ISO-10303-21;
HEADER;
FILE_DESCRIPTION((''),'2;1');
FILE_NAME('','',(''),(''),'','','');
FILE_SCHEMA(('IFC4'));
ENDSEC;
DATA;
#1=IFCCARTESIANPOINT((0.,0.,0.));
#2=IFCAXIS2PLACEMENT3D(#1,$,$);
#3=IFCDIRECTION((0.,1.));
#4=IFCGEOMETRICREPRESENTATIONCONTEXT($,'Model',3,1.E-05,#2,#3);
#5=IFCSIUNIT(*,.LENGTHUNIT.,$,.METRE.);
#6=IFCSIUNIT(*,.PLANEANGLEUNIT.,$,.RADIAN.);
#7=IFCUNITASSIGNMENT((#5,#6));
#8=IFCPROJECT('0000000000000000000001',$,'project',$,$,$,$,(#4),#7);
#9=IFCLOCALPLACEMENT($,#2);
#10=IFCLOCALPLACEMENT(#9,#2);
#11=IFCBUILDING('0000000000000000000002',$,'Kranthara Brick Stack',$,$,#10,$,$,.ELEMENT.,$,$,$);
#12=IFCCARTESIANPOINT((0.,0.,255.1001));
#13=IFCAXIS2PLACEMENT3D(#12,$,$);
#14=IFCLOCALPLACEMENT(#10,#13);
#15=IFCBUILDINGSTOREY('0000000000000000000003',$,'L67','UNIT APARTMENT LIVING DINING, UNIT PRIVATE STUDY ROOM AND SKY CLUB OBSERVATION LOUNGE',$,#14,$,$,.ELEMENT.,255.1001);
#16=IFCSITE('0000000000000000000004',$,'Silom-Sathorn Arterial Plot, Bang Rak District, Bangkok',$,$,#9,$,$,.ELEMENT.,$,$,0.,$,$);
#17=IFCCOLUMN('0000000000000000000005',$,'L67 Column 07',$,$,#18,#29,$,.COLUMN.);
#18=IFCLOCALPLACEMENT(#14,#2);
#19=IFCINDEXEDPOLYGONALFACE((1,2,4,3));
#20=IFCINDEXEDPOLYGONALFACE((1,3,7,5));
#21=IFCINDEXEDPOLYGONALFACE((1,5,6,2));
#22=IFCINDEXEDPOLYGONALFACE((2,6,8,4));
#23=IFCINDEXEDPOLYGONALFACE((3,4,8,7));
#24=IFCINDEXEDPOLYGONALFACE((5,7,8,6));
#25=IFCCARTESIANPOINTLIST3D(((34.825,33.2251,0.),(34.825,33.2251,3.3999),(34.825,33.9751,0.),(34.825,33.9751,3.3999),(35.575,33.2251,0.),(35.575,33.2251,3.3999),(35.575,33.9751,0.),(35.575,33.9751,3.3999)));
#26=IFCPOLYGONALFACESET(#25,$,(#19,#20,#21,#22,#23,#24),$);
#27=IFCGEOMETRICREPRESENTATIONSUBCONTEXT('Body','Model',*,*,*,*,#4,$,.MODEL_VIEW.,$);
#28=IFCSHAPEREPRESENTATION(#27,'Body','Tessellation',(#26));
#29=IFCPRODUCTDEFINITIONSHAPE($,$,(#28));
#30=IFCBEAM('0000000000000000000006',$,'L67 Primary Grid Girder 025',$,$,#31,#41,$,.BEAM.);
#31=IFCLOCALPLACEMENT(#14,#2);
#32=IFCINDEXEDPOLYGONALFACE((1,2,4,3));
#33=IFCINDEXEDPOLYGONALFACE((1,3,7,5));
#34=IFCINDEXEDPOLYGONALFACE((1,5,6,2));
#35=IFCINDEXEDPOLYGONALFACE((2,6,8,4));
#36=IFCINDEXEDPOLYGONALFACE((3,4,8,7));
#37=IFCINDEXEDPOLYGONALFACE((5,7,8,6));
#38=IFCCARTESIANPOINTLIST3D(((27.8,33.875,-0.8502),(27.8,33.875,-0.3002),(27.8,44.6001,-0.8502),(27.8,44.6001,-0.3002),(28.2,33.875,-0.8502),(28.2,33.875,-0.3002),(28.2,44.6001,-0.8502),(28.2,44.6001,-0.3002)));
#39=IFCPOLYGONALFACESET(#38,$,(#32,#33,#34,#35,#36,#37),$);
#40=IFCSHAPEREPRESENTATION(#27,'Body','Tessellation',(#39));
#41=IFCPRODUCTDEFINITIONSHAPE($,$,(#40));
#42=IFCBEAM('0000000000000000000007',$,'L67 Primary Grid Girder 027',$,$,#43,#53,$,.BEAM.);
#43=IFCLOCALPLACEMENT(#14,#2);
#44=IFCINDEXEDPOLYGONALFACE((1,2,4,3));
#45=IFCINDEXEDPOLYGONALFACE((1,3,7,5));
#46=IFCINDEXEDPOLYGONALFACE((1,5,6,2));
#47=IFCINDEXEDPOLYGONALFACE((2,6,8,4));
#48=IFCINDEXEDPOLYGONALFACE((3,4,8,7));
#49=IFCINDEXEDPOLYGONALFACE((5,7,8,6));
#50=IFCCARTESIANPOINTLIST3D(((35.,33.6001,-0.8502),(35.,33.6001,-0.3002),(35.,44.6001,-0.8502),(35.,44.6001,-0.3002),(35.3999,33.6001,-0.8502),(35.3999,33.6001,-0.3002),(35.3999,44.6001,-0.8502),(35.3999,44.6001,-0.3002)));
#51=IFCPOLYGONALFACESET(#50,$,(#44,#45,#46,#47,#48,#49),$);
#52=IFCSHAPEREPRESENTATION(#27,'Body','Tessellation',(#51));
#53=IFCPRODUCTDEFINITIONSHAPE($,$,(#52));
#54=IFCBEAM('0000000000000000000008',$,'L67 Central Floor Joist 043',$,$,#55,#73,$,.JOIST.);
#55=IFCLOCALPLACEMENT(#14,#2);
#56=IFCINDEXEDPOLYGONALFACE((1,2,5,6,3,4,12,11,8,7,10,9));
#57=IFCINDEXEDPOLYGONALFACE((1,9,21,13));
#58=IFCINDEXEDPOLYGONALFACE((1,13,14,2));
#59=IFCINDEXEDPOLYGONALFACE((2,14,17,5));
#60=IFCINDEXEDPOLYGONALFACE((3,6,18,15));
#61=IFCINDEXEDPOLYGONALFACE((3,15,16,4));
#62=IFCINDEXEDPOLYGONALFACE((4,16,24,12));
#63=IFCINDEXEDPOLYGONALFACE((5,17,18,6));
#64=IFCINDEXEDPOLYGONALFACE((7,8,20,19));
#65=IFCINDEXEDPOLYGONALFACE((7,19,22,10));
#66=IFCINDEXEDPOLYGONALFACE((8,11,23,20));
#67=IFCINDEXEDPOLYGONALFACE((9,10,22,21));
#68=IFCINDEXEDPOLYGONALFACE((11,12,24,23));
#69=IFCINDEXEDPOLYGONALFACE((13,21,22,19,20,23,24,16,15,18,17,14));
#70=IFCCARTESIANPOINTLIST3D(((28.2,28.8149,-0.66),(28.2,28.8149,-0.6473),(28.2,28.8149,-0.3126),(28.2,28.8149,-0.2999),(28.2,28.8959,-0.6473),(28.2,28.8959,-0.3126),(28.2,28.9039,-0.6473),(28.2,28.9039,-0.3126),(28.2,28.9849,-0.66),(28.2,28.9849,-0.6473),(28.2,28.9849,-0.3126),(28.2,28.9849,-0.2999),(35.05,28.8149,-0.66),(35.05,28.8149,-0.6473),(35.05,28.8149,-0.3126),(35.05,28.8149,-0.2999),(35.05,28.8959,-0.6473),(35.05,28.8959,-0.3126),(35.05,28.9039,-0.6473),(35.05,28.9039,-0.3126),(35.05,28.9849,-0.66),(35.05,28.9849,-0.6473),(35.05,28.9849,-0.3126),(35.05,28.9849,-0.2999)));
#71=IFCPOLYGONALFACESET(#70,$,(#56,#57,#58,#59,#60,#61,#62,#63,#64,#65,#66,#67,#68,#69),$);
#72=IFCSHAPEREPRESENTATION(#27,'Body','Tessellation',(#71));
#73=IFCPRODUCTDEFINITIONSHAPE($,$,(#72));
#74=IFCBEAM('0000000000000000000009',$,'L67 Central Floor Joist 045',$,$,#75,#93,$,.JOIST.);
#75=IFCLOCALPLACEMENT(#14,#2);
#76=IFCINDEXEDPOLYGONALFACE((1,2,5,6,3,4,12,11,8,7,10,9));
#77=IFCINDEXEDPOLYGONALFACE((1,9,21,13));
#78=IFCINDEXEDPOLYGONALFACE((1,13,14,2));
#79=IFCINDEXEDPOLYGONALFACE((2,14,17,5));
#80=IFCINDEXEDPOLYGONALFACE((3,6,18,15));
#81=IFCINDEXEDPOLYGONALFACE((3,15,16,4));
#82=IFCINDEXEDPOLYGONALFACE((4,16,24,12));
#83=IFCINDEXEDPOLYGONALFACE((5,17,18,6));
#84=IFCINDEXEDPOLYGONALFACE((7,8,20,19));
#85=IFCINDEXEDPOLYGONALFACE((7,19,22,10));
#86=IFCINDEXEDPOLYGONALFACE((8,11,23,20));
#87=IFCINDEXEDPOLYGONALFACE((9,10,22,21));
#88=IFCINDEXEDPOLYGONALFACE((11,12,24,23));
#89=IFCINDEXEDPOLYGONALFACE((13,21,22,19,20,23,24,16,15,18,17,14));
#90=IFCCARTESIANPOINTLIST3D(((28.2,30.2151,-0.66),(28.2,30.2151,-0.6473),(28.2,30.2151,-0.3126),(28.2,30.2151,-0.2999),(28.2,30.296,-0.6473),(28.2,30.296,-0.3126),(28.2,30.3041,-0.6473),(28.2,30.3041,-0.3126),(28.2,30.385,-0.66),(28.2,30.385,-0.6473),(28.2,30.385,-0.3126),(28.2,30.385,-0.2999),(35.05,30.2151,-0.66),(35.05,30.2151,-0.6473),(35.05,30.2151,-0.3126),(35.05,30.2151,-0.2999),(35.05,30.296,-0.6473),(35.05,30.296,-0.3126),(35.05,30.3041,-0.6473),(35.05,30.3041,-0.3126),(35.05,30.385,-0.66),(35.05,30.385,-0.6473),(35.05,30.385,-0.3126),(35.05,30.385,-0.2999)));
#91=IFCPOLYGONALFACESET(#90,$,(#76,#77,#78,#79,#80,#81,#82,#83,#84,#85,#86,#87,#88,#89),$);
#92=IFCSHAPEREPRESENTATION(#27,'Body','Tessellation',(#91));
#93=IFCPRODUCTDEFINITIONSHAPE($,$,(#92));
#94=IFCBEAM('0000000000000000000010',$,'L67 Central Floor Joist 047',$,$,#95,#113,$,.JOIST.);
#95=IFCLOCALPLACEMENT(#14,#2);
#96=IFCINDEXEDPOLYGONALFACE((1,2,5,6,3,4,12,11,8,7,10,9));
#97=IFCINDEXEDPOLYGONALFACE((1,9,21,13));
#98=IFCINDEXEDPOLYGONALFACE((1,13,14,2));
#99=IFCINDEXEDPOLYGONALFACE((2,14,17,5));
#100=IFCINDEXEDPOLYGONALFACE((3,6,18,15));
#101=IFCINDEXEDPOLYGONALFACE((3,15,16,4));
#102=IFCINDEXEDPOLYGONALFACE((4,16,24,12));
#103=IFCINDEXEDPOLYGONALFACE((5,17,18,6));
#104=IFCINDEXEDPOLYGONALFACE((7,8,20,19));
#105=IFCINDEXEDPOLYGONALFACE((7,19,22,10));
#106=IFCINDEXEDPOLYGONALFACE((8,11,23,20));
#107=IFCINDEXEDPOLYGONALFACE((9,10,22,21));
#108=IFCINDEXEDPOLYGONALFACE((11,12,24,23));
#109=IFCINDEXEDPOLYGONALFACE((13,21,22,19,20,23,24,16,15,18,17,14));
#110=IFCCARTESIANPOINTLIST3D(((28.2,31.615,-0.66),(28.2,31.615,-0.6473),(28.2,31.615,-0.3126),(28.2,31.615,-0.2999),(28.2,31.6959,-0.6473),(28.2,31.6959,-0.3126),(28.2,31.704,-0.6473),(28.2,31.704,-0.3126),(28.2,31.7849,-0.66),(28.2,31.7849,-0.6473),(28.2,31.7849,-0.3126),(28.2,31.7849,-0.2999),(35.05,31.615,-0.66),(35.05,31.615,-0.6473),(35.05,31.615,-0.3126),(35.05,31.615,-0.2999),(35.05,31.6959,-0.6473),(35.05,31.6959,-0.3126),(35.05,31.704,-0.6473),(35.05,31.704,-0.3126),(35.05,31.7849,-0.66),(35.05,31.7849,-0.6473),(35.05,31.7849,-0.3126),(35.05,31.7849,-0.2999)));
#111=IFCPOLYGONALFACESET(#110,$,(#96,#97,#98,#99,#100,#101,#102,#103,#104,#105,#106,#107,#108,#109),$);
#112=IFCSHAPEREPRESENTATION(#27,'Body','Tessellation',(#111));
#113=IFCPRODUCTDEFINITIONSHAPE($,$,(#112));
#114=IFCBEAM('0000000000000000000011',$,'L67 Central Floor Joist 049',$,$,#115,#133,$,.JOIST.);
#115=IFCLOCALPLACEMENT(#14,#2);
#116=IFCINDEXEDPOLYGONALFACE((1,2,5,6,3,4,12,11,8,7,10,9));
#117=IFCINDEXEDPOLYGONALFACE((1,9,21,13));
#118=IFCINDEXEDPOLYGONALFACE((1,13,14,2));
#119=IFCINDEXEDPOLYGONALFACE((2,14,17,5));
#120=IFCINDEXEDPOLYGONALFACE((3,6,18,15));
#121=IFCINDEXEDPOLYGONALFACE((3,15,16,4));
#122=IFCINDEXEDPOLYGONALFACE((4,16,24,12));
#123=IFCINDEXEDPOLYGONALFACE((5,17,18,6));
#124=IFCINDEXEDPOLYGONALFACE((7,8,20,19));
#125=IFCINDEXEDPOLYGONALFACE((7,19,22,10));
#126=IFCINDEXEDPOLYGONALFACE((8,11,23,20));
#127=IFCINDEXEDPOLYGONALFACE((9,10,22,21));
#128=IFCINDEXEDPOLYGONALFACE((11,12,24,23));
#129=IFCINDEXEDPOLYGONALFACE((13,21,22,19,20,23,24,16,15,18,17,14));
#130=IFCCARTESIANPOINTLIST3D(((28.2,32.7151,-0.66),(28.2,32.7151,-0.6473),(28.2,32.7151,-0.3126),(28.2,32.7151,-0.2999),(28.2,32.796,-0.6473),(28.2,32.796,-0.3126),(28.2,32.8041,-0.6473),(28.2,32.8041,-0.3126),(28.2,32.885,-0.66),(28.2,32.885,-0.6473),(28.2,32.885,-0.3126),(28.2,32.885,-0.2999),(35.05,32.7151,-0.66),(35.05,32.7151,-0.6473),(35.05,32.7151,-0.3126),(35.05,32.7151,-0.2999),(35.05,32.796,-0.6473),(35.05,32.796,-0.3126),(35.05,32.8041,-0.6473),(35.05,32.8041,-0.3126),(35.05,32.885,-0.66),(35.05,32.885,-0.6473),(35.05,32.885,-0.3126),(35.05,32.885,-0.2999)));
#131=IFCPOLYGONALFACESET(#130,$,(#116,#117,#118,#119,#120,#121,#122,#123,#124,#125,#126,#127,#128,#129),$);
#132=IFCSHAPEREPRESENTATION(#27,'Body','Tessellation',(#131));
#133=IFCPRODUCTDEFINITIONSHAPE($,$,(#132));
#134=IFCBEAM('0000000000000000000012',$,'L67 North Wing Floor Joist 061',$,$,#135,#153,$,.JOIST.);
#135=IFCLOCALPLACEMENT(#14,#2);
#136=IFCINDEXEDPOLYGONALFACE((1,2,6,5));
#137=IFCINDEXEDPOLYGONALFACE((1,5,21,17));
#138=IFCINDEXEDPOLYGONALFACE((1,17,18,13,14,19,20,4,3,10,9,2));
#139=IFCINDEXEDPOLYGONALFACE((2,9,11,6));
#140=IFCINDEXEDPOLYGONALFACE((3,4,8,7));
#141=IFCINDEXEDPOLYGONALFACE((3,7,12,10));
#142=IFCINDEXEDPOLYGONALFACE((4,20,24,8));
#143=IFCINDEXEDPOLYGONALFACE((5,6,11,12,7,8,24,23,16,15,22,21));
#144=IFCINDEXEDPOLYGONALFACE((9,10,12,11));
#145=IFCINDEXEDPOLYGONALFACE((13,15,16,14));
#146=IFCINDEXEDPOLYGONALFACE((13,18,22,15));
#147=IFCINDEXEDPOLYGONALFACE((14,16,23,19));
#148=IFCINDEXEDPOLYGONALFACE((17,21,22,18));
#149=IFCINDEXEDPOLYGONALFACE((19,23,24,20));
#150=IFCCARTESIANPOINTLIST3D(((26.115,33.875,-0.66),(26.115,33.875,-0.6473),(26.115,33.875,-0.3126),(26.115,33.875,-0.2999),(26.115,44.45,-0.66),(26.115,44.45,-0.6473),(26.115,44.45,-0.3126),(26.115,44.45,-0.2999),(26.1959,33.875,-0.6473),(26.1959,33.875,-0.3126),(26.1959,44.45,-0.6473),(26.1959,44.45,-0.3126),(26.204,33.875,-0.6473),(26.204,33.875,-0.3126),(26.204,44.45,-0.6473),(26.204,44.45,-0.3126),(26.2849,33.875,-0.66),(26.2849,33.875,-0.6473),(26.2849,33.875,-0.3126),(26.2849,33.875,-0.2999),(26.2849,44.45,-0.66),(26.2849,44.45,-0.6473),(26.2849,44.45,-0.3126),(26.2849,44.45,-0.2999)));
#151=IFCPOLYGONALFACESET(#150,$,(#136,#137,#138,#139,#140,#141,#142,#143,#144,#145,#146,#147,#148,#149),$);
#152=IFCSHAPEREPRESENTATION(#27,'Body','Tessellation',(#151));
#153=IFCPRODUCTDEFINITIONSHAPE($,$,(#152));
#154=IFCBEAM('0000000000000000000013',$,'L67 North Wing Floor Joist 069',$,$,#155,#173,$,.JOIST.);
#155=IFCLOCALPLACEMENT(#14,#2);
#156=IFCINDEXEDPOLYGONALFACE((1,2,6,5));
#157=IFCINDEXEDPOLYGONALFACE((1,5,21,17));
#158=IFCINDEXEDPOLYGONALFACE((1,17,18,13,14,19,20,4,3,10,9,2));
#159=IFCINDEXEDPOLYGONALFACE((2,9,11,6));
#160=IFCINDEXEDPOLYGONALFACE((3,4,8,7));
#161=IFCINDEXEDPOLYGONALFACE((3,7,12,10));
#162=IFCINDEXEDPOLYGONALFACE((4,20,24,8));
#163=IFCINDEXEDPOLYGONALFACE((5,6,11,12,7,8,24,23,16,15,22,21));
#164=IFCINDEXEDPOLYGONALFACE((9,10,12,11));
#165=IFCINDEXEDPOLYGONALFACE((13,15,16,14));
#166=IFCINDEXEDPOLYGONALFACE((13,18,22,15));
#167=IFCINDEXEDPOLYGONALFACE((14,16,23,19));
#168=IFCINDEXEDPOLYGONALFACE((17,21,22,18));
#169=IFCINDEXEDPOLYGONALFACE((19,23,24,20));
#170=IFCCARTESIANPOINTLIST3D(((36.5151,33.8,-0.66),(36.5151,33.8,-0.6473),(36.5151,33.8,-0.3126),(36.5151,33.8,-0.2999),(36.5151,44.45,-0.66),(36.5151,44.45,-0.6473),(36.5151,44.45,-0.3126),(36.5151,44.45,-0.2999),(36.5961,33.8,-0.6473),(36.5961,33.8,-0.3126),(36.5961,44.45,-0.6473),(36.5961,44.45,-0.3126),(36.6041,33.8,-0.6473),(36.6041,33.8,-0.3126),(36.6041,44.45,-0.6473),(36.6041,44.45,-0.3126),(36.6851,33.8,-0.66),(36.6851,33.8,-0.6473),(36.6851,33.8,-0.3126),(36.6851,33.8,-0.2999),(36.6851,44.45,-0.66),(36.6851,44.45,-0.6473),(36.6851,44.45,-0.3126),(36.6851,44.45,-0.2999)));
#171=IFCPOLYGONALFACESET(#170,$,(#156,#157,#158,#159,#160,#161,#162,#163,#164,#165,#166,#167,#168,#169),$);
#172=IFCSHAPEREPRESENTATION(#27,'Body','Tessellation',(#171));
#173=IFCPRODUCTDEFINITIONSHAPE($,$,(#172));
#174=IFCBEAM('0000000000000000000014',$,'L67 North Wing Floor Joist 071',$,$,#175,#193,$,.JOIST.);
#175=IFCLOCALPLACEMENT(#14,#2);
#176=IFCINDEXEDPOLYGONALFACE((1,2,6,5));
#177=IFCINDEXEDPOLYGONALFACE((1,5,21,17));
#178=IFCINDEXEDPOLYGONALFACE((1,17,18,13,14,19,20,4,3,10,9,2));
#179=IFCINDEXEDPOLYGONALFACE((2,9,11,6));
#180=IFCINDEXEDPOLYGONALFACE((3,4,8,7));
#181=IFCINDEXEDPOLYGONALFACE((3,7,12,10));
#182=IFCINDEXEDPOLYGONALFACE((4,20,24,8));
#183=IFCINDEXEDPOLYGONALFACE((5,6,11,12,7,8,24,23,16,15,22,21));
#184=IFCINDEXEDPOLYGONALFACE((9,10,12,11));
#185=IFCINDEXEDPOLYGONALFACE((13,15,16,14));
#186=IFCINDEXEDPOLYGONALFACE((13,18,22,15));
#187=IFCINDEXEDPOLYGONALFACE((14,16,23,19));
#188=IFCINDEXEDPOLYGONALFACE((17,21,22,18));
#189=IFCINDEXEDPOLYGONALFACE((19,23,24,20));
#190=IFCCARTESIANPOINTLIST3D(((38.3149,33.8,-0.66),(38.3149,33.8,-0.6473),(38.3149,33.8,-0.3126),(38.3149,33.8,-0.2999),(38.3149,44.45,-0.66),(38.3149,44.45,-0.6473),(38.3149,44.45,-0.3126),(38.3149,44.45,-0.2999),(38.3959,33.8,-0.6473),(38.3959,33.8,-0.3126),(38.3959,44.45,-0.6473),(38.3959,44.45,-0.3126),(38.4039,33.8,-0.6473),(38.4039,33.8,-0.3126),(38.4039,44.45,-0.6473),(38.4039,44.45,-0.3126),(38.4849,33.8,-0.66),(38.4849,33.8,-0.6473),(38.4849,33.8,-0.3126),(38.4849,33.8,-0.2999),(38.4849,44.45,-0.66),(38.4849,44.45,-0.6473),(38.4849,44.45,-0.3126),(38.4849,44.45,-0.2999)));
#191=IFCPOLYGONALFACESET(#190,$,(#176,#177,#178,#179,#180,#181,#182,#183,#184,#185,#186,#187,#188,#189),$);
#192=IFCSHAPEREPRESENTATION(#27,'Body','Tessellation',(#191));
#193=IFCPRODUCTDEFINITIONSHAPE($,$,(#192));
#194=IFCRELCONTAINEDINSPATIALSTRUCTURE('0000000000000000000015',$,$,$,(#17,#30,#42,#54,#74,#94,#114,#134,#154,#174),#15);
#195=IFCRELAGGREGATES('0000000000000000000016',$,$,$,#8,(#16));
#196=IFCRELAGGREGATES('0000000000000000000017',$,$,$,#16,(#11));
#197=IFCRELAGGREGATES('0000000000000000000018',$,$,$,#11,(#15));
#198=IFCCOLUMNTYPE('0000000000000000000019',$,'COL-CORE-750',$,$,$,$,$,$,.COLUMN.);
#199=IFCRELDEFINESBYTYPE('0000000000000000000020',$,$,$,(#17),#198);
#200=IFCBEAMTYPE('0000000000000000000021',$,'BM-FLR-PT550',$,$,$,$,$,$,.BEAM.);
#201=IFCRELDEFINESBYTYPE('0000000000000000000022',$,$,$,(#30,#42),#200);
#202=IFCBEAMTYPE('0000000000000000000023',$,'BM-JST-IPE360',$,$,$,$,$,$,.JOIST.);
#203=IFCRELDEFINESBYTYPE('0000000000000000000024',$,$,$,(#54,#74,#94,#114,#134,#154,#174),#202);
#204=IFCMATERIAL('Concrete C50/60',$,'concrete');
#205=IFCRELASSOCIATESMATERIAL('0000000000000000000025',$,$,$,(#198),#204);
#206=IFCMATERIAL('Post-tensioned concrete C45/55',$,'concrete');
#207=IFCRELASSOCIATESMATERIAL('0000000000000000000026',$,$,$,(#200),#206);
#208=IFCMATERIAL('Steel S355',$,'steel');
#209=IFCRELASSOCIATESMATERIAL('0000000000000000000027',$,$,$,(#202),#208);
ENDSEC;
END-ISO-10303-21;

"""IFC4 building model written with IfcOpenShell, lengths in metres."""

from ifc_helpers import new_model, si_unit, direction, frame, origin, origin_2d, place, context, subcontext, project, spatial, rectangle, i_section, extrude, material, material_profile, profile_set, type_object, element, save


model = new_model("IFC4")

# Units and contexts
model_context = context("Model", 3, precision=1e-05, world=origin(), true_north=direction((0.0, 1.0)))
body_context = subcontext(model_context, "Body", "Model", "MODEL_VIEW")
ifc_project = project(units=[si_unit("LENGTHUNIT", "METRE"), si_unit("PLANEANGLEUNIT", "RADIAN")], contexts=[model_context])

# Site, building, storey
site_placement = place(None, origin())
site = spatial("IfcSite", under=ifc_project, at=site_placement, Name="Silom-Sathorn Arterial Plot, Bang Rak District, Bangkok", CompositionType="ELEMENT", RefElevation=0.0)
building_placement = place(site_placement, origin())
building = spatial("IfcBuilding", under=site, at=building_placement, Name="Kranthara Brick Stack", CompositionType="ELEMENT")
storey_placement = place(building_placement, frame((0.0, 0.0, 255.1001)))
storey = spatial("IfcBuildingStorey", under=building, at=storey_placement, Name="L67", Description="UNIT APARTMENT LIVING DINING, UNIT PRIVATE STUDY ROOM AND SKY CLUB OBSERVATION LOUNGE", CompositionType="ELEMENT", Elevation=255.1001)

# Column
ifc_material_1 = material(Name="Concrete C50/60", Category="concrete")
ifc_material_profile_1 = material_profile(ifc_material_1, rectangle(XDim=0.75, YDim=0.75, at=origin_2d()), Name="RC 750x750")
ifc_profile_set_1 = profile_set([ifc_material_profile_1], Name="Concrete C50/60")
column_type = type_object("IfcColumnType", Name="COL-CORE-750", PredefinedType="COLUMN", material=ifc_profile_set_1)
column_placement = place(storey_placement, frame((35.2, 33.6001, 0.0), z_axis=(0.0, 0.0, 1.0), x_axis=(1.0, 0.0, 0.0)))
element("IfcColumn", 1, at=column_placement, inside=storey, type_object=column_type, Name="L67 Column 07", PredefinedType="COLUMN", context=body_context, shape_type="SweptSolid", body=[
    extrude(rectangle(XDim=0.75, YDim=0.75, at=origin_2d()), origin(), (0.0, 0.0, 1.0), 3.3999),
])

# Beams
ifc_material_2 = material(Name="Post-tensioned concrete C45/55", Category="concrete")
ifc_material_profile_2 = material_profile(ifc_material_2, rectangle(XDim=0.3999, YDim=0.55, at=origin_2d()), Name="PT 400x550")
ifc_profile_set_2 = profile_set([ifc_material_profile_2], Name="Post-tensioned concrete C45/55")
beam_type_1 = type_object("IfcBeamType", Name="BM-FLR-PT550", PredefinedType="BEAM", material=ifc_profile_set_2)
beam_1_placement = place(storey_placement, frame((28.0, 33.875, -0.5752), z_axis=(0.0, 1.0, 0.0), x_axis=(-1.0, 0.0, 0.0)))
element("IfcBeam", 2, at=beam_1_placement, inside=storey, type_object=beam_type_1, Name="L67 Primary Grid Girder 025", PredefinedType="BEAM", context=body_context, shape_type="SweptSolid", body=[
    extrude(rectangle(XDim=0.3999, YDim=0.55, at=origin_2d()), origin(), (0.0, 0.0, 1.0), 10.7251),
])
beam_2_placement = place(storey_placement, frame((35.2, 33.6001, -0.5752), z_axis=(0.0, 1.0, 0.0), x_axis=(-1.0, 0.0, 0.0)))
element("IfcBeam", 3, at=beam_2_placement, inside=storey, type_object=beam_type_1, Name="L67 Primary Grid Girder 027", PredefinedType="BEAM", context=body_context, shape_type="SweptSolid", body=[
    extrude(rectangle(XDim=0.3999, YDim=0.55, at=origin_2d()), origin(), (0.0, 0.0, 1.0), 11.0),
])
ifc_material_3 = material(Name="Steel S355", Category="steel")
ifc_material_profile_3 = material_profile(ifc_material_3, i_section(OverallWidth=0.1699, OverallDepth=0.3601, WebThickness=0.0081, FlangeThickness=0.0127, at=origin_2d()), Name="IPE 360")
ifc_profile_set_3 = profile_set([ifc_material_profile_3], Name="Steel S355")
beam_type_2 = type_object("IfcBeamType", Name="BM-JST-IPE360", PredefinedType="JOIST", material=ifc_profile_set_3)
for number, where, z_axis, x_axis, name in (
    (4, (28.2, 28.8999, -0.48), (1.0, 0.0, 0.0), (0.0, 1.0, 0.0), "L67 Central Floor Joist 043"),
    (5, (28.2, 30.3, -0.48), (1.0, 0.0, 0.0), (0.0, 1.0, 0.0), "L67 Central Floor Joist 045"),
    (6, (28.2, 31.7, -0.48), (1.0, 0.0, 0.0), (0.0, 1.0, 0.0), "L67 Central Floor Joist 047"),
    (7, (28.2, 32.8, -0.48), (1.0, 0.0, 0.0), (0.0, 1.0, 0.0), "L67 Central Floor Joist 049"),
):
    element("IfcBeam", number, at=place(storey_placement, frame(where, z_axis=z_axis, x_axis=x_axis)), inside=storey, type_object=beam_type_2, Name=name, PredefinedType="JOIST", context=body_context, shape_type="SweptSolid", body=[
        extrude(i_section(OverallWidth=0.1699, OverallDepth=0.3601, WebThickness=0.0081, FlangeThickness=0.0127, at=origin_2d()), origin(), (0.0, 0.0, 1.0), 6.8501),
    ])
beam_3_placement = place(storey_placement, frame((26.2, 33.875, -0.48), z_axis=(0.0, 1.0, 0.0), x_axis=(-1.0, 0.0, 0.0)))
element("IfcBeam", 8, at=beam_3_placement, inside=storey, type_object=beam_type_2, Name="L67 North Wing Floor Joist 061", PredefinedType="JOIST", context=body_context, shape_type="SweptSolid", body=[
    extrude(i_section(OverallWidth=0.1699, OverallDepth=0.3601, WebThickness=0.0081, FlangeThickness=0.0127, at=origin_2d()), origin(), (0.0, 0.0, 1.0), 10.575),
])
for number, where, z_axis, x_axis, name in (
    (9, (36.6001, 33.8, -0.48), (0.0, 1.0, 0.0), (-1.0, 0.0, 0.0), "L67 North Wing Floor Joist 069"),
    (10, (38.3999, 33.8, -0.48), (0.0, 1.0, 0.0), (-1.0, 0.0, 0.0), "L67 North Wing Floor Joist 071"),
):
    element("IfcBeam", number, at=place(storey_placement, frame(where, z_axis=z_axis, x_axis=x_axis)), inside=storey, type_object=beam_type_2, Name=name, PredefinedType="JOIST", context=body_context, shape_type="SweptSolid", body=[
        extrude(i_section(OverallWidth=0.1699, OverallDepth=0.3601, WebThickness=0.0081, FlangeThickness=0.0127, at=origin_2d()), origin(), (0.0, 0.0, 1.0), 10.6499),
    ])

save(model, "model.ifc")
